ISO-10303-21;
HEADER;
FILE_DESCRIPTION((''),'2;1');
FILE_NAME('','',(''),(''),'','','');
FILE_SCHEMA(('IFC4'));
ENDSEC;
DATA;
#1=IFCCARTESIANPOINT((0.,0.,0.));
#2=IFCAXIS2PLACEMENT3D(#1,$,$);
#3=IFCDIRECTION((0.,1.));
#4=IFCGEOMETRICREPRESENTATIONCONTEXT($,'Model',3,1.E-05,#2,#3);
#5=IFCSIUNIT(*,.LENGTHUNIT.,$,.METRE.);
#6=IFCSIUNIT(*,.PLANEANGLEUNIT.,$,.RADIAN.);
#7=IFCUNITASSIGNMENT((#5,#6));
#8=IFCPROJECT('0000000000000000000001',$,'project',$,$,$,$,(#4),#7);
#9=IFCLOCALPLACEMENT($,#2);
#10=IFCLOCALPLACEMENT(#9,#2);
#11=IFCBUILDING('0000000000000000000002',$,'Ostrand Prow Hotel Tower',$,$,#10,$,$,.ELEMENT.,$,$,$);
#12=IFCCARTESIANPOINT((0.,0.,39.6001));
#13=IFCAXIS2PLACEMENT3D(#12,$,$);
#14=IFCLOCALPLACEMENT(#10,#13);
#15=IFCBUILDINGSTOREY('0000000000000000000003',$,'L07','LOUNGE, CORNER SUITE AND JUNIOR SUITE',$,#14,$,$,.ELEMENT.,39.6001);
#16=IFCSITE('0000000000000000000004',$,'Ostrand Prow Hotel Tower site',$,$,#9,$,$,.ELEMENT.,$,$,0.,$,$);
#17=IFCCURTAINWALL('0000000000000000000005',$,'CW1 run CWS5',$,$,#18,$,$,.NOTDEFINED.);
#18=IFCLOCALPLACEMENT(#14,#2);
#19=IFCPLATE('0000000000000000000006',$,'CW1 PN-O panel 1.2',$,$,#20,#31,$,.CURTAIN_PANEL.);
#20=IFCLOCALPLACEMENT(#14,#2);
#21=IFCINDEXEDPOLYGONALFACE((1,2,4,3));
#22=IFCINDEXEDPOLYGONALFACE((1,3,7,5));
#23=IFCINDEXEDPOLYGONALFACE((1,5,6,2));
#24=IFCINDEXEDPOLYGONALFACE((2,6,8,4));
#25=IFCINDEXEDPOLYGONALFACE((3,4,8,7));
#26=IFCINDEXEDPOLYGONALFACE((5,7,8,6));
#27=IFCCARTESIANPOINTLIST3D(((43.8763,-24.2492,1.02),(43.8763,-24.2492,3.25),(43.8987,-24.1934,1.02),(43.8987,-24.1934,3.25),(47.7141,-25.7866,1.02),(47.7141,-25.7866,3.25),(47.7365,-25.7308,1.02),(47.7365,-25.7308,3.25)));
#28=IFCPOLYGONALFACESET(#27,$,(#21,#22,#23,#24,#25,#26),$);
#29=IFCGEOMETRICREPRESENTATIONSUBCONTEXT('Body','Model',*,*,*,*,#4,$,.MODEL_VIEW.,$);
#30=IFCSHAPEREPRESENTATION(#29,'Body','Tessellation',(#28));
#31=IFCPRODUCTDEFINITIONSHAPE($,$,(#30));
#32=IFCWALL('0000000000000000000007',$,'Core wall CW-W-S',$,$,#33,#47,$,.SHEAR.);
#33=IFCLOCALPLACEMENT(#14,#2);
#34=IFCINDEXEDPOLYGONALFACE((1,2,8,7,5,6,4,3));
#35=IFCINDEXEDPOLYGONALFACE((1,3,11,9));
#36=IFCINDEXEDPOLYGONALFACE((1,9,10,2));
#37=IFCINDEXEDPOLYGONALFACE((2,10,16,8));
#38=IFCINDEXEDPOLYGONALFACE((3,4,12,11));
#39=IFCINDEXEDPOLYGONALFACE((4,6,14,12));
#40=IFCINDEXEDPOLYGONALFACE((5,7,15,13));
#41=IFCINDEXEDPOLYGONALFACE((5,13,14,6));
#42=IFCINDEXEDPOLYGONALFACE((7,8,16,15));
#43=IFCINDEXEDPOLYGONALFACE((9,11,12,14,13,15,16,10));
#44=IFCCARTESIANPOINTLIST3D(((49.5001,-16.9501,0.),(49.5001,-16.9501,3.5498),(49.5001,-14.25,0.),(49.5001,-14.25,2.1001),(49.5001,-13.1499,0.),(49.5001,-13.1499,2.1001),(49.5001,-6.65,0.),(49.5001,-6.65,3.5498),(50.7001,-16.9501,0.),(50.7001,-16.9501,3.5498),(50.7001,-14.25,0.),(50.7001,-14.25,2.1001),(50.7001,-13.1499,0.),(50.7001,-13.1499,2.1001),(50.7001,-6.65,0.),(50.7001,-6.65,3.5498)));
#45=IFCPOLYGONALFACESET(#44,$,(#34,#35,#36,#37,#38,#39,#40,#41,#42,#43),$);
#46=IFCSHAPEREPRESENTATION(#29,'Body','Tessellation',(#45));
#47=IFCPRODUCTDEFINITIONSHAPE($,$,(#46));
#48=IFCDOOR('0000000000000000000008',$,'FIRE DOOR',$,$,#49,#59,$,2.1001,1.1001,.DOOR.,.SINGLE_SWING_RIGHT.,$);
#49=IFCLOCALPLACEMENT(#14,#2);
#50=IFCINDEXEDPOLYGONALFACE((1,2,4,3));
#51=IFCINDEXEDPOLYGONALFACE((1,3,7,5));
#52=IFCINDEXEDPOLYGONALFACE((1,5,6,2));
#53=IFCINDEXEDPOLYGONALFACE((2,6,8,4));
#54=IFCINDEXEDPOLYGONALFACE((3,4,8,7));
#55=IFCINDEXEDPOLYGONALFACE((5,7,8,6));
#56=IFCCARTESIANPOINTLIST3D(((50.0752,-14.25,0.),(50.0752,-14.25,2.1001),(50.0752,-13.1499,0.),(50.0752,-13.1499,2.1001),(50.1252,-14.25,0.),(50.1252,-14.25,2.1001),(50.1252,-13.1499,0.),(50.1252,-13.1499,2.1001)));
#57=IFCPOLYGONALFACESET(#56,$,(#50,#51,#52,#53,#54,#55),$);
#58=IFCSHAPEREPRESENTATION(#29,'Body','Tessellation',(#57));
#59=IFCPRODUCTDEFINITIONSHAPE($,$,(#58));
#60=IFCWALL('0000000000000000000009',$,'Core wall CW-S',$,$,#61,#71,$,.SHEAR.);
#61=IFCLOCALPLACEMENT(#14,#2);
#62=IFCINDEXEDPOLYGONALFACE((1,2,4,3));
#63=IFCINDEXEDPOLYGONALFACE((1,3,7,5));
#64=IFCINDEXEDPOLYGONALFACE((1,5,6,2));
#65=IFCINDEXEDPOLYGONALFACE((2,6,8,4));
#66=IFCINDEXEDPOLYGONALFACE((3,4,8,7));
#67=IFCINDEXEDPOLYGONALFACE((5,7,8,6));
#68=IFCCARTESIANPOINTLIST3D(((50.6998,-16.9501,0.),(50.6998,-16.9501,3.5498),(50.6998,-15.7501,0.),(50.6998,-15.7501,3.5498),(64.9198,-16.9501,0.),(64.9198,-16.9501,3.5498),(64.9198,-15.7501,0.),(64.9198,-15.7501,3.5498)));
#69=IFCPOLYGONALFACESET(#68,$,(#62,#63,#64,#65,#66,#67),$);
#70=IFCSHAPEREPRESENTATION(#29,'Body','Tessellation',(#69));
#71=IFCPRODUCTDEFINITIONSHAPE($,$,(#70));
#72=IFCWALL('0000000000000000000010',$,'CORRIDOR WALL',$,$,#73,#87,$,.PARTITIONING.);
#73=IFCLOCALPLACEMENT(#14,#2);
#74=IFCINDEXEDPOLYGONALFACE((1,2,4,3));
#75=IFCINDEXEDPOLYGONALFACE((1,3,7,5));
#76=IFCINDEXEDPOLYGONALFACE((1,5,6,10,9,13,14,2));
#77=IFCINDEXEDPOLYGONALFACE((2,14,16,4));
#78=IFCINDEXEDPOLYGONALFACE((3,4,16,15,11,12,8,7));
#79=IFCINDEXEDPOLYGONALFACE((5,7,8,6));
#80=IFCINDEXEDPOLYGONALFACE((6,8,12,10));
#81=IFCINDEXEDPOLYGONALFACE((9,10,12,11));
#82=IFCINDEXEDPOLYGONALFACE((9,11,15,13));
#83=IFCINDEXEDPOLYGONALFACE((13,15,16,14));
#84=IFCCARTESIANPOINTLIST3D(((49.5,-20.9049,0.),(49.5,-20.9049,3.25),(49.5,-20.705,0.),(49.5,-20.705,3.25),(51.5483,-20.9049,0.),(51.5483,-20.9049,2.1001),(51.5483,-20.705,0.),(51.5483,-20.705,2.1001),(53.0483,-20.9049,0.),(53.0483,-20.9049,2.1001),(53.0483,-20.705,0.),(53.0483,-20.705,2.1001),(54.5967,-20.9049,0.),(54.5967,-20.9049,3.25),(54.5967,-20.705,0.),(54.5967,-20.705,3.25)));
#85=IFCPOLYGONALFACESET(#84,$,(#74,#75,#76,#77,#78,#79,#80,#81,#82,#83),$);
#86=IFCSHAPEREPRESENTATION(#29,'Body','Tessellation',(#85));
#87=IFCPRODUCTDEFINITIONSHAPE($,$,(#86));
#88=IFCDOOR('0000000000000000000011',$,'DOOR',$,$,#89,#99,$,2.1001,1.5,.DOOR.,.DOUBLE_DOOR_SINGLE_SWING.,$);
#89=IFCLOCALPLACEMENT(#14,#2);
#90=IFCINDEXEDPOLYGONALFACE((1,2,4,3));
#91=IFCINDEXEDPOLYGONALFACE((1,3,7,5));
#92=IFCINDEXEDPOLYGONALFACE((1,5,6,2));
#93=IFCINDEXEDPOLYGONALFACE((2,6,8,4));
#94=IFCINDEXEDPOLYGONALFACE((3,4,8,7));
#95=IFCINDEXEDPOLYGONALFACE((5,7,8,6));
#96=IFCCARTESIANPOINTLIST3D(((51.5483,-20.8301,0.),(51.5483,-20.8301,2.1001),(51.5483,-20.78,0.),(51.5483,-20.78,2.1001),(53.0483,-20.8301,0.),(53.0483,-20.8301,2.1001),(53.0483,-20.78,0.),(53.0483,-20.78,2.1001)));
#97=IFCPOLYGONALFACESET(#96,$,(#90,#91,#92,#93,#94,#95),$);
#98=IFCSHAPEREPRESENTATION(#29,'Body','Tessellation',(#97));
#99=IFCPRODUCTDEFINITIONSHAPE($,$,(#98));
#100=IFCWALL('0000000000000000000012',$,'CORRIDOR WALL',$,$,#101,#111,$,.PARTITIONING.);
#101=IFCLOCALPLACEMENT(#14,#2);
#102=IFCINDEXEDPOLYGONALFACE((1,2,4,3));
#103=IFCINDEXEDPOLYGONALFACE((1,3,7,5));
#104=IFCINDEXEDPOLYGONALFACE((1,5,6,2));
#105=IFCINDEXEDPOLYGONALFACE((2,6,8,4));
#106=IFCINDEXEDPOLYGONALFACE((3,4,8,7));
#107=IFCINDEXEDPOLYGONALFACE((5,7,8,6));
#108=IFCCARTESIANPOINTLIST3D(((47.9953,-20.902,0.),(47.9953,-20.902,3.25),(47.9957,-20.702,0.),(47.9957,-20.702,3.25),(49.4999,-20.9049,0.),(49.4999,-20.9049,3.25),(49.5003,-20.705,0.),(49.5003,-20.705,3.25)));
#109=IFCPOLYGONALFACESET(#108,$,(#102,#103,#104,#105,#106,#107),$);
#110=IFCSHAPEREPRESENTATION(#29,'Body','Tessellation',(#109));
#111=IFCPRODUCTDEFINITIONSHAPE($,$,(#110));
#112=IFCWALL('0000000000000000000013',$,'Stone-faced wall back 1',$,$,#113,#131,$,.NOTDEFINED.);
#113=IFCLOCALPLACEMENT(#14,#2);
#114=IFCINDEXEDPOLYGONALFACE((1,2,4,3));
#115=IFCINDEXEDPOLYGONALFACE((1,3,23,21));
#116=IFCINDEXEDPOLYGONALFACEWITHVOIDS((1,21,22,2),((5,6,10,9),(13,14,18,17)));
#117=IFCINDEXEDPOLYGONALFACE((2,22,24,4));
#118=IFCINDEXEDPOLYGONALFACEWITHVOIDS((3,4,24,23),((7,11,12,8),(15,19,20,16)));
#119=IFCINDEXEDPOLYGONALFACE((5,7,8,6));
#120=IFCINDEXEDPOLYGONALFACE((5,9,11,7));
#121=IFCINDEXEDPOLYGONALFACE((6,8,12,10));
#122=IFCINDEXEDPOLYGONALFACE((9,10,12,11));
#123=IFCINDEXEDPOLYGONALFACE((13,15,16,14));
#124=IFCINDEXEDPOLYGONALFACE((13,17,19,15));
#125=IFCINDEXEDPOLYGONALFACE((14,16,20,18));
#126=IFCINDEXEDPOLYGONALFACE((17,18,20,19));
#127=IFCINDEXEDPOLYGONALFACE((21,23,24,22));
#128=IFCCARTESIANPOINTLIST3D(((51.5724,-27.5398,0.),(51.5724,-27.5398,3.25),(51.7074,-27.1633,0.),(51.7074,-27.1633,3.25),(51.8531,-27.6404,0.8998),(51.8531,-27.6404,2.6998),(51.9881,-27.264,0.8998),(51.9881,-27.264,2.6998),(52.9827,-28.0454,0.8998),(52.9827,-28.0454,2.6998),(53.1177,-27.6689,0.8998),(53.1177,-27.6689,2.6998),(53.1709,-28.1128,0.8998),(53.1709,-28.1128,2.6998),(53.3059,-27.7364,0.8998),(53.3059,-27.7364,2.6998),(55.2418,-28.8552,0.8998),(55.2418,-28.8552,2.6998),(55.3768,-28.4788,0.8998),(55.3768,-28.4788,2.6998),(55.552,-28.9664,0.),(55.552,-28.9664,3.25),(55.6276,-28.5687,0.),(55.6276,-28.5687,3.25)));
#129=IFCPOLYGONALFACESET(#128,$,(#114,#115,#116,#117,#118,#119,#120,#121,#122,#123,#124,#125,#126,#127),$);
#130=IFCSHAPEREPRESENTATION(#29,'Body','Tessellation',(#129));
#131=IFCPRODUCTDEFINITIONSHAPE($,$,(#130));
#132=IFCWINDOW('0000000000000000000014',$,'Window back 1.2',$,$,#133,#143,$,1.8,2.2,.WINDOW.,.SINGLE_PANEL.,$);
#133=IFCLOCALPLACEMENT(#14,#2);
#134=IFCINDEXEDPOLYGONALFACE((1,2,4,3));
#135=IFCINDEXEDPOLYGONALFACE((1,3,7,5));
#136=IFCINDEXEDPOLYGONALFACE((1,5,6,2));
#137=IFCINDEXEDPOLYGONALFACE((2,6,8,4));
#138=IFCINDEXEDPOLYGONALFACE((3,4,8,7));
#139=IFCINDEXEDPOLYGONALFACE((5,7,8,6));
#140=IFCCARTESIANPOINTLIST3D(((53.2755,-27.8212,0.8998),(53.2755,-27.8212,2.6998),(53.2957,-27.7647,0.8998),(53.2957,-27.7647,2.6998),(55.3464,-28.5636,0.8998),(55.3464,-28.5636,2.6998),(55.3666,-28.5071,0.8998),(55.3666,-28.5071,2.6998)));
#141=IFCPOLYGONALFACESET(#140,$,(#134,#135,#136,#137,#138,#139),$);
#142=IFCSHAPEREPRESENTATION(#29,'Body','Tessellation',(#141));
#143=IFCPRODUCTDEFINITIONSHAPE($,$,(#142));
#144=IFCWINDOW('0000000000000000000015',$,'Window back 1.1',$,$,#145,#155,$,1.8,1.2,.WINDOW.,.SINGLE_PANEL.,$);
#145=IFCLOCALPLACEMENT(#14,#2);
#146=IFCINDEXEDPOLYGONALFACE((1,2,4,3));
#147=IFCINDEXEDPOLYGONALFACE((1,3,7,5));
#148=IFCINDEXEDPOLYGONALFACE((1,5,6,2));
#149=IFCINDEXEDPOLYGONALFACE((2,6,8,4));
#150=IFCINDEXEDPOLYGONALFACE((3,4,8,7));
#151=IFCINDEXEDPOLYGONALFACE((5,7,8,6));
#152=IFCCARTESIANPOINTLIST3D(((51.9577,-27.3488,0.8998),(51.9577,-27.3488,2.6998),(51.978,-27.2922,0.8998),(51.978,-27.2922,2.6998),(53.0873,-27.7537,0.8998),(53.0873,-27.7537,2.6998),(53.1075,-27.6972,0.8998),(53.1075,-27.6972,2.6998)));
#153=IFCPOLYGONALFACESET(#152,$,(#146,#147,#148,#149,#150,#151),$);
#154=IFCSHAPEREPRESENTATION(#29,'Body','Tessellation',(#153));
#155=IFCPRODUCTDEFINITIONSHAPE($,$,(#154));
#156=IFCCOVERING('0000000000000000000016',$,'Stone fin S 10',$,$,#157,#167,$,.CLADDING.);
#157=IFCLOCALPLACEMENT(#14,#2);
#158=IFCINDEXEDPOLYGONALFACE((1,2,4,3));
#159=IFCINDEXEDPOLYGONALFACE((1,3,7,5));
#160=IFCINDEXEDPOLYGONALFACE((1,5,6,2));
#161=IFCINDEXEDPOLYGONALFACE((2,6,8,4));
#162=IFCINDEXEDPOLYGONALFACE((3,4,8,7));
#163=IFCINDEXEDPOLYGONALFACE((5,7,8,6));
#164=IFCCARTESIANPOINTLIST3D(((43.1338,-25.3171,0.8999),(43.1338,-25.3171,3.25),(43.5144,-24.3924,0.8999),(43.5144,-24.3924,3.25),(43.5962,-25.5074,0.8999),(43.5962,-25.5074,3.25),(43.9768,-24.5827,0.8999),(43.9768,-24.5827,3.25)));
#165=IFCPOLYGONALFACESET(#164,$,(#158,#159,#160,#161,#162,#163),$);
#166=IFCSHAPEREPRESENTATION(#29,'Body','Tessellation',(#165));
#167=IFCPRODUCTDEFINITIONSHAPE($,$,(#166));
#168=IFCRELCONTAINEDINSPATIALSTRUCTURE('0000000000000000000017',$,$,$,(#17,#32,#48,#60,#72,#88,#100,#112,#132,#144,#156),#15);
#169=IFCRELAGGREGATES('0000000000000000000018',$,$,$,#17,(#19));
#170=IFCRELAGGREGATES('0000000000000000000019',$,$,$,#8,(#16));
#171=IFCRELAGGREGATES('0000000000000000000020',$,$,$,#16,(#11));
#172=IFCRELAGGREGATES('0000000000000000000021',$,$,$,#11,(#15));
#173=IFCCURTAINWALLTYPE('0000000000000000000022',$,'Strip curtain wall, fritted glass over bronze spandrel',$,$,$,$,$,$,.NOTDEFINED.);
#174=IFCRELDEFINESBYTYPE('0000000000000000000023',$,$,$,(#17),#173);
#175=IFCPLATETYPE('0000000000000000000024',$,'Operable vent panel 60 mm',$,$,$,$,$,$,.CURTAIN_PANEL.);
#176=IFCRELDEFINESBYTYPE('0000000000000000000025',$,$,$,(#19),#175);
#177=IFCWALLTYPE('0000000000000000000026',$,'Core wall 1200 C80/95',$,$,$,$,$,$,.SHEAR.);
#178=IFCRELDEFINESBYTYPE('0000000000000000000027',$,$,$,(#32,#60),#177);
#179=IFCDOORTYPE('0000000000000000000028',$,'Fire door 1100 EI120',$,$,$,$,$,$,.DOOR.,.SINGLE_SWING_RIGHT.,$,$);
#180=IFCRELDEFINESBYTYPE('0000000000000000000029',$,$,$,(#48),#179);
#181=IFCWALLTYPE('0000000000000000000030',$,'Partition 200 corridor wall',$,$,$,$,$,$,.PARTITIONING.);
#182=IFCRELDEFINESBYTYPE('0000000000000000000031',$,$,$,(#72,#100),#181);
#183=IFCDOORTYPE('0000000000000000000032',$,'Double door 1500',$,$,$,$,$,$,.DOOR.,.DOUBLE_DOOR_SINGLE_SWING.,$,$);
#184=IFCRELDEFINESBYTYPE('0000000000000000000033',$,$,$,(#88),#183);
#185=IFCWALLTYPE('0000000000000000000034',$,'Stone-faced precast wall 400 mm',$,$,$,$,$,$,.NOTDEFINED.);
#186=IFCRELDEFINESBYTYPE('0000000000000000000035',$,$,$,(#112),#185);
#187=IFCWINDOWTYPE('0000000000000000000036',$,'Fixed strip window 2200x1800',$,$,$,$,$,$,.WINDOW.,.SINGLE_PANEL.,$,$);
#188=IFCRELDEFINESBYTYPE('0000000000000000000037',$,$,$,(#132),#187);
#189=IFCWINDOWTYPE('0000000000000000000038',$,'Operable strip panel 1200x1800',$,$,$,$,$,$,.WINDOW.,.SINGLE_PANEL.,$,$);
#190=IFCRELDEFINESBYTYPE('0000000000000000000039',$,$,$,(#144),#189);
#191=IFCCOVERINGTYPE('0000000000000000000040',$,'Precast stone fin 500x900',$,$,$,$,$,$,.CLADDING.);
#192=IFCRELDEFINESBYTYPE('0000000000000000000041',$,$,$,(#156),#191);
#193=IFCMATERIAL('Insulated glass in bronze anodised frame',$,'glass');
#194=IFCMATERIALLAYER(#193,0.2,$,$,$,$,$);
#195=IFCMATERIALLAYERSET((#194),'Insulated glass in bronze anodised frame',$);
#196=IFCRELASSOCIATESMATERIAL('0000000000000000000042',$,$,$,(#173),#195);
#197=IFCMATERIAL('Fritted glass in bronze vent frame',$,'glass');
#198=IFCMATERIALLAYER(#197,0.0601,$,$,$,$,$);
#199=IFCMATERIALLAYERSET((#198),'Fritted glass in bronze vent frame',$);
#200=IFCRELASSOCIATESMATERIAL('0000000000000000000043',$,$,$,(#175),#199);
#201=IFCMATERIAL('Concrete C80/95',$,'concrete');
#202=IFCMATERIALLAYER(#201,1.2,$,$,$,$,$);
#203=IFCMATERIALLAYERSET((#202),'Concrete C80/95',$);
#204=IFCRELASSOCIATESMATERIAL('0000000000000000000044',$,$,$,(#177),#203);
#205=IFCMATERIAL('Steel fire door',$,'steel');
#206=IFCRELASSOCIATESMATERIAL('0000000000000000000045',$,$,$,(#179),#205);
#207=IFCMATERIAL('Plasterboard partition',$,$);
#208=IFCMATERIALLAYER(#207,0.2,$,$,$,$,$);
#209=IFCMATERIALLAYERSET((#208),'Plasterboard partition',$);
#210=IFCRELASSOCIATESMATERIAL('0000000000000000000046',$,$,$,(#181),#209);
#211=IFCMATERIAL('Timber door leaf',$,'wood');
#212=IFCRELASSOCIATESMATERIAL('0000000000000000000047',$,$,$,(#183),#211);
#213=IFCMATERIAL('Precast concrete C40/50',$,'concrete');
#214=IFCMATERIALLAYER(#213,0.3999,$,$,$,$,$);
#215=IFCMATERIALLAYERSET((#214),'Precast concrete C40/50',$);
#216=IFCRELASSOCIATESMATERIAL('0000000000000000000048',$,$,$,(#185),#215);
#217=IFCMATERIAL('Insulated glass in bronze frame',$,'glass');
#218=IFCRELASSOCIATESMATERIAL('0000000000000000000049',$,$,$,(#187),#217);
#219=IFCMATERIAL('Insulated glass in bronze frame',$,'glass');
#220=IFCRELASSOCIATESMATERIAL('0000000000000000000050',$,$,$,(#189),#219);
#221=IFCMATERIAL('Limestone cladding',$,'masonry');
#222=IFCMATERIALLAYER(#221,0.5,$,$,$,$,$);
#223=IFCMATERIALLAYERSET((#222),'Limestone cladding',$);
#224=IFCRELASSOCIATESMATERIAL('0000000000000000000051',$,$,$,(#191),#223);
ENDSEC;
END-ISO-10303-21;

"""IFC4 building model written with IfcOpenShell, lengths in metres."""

from ifc_helpers import new_model, si_unit, direction, frame, frame_2d, origin, origin_2d, place, context, subcontext, project, spatial, polyline, rectangle, outline, extrude, material, layer, layer_set, type_object, element, fill, aggregate, save


model = new_model("IFC4")

# Units and contexts
model_context = context("Model", 3, precision=1e-05, world=origin(), true_north=direction((0.0, 1.0)))
body_context = subcontext(model_context, "Body", "Model", "MODEL_VIEW")
ifc_project = project(units=[si_unit("LENGTHUNIT", "METRE"), si_unit("PLANEANGLEUNIT", "RADIAN")], contexts=[model_context])

# Site, building, storey
site_placement = place(None, origin())
site = spatial("IfcSite", under=ifc_project, at=site_placement, Name="Ostrand Prow Hotel Tower site", CompositionType="ELEMENT", RefElevation=0.0)
building_placement = place(site_placement, origin())
building = spatial("IfcBuilding", under=site, at=building_placement, Name="Ostrand Prow Hotel Tower", CompositionType="ELEMENT")
storey_placement = place(building_placement, frame((0.0, 0.0, 39.6001)))
storey = spatial("IfcBuildingStorey", under=building, at=storey_placement, Name="L07", Description="LOUNGE, CORNER SUITE AND JUNIOR SUITE", CompositionType="ELEMENT", Elevation=39.6001)

# Curtain wall
ifc_material_1 = material(Name="Insulated glass in bronze anodised frame", Category="glass")
ifc_layer_1 = layer(ifc_material_1, 0.2)
ifc_layer_set_1 = layer_set([ifc_layer_1], Name="Insulated glass in bronze anodised frame")
curtain_wall_type = type_object("IfcCurtainWallType", Name="Strip curtain wall, fritted glass over bronze spandrel", PredefinedType="NOTDEFINED", material=ifc_layer_set_1)
curtain_wall_1_placement = place(storey_placement, origin())
curtain_wall_1 = element("IfcCurtainWall", 1, at=curtain_wall_1_placement, inside=storey, type_object=curtain_wall_type, Name="CW1 run CWS5", PredefinedType="NOTDEFINED")

# Plate
ifc_material_2 = material(Name="Fritted glass in bronze vent frame", Category="glass")
ifc_layer_2 = layer(ifc_material_2, 0.0601)
ifc_layer_set_2 = layer_set([ifc_layer_2], Name="Fritted glass in bronze vent frame")
plate_type_1 = type_object("IfcPlateType", Name="Operable vent panel 60 mm", PredefinedType="CURTAIN_PANEL", material=ifc_layer_set_2)
plate_1_placement = place(storey_placement, frame((45.8064, -24.99, 1.02), z_axis=(0.0, 0.0, 1.0), x_axis=(0.928283, -0.371873, 0.0)))
plate_1 = element("IfcPlate", 2, at=plate_1_placement, type_object=plate_type_1, Name="CW1 PN-O panel 1.2", PredefinedType="CURTAIN_PANEL", context=body_context, shape_type="SweptSolid", body=[
    extrude(rectangle(XDim=4.1343, YDim=0.0601, at=origin_2d()), origin(), (0.0, 0.0, 1.0), 2.23),
])
aggregate(curtain_wall_1, [plate_1])

# Wall, opening, door
ifc_material_3 = material(Name="Concrete C80/95", Category="concrete")
ifc_layer_3 = layer(ifc_material_3, 1.2)
ifc_layer_set_3 = layer_set([ifc_layer_3], Name="Concrete C80/95")
wall_type_1 = type_object("IfcWallType", Name="Core wall 1200 C80/95", PredefinedType="SHEAR", material=ifc_layer_set_3)
wall_1_placement = place(storey_placement, frame((50.1001, -16.95, 0.0), z_axis=(0.0, 0.0, 1.0), x_axis=(0.0, 1.0, 0.0)))
wall_1 = element("IfcWall", 3, at=wall_1_placement, inside=storey, type_object=wall_type_1, Name="Core wall CW-W-S", PredefinedType="SHEAR", context=body_context, shape_type="SweptSolid", body=[
    extrude(rectangle(XDim=10.3, YDim=1.2, at=frame_2d((5.1499, 0.0))), origin(), (0.0, 0.0, 1.0), 3.5498),
])
opening_1_placement = place(wall_1_placement, frame((2.7, 0.0, 0.0)))
opening_1 = element("IfcOpeningElement", 4, at=opening_1_placement, cuts=wall_1, PredefinedType="OPENING", context=body_context, shape_type="SweptSolid", body=[
    extrude(rectangle(XDim=1.1001, YDim=2.1001, at=frame_2d((0.55, 1.05))), frame((0.0, 0.6099, 0.0), z_axis=(0.0, -1.0, 0.0), x_axis=(1.0, 0.0, 0.0)), (0.0, 0.0, 1.0), 1.22),
])
ifc_material_4 = material(Name="Steel fire door", Category="steel")
door_type_1 = type_object("IfcDoorType", Name="Fire door 1100 EI120", OperationType="SINGLE_SWING_RIGHT", PredefinedType="DOOR", material=ifc_material_4)
door_1_placement = place(opening_1_placement, origin())
door_1 = element("IfcDoor", 5, at=door_1_placement, inside=storey, type_object=door_type_1, Name="FIRE DOOR", OperationType="SINGLE_SWING_RIGHT", OverallHeight=2.1001, OverallWidth=1.1001, PredefinedType="DOOR", context=body_context, shape_type="SweptSolid", body=[
    extrude(rectangle(XDim=1.1001, YDim=2.1001, at=frame_2d((0.55, 1.05))), frame((0.0, 0.0249, 0.0), z_axis=(0.0, -1.0, 0.0), x_axis=(1.0, 0.0, 0.0)), (0.0, 0.0, 1.0), 0.05),
])
fill(opening_1, door_1)

# Wall
wall_2_placement = place(storey_placement, frame((50.7, -16.3501, 0.0), z_axis=(0.0, 0.0, 1.0), x_axis=(1.0, 0.0, 0.0)))
element("IfcWall", 6, at=wall_2_placement, inside=storey, type_object=wall_type_1, Name="Core wall CW-S", PredefinedType="SHEAR", context=body_context, shape_type="SweptSolid", body=[
    extrude(rectangle(XDim=14.22, YDim=1.2, at=frame_2d((7.1099, 0.0))), origin(), (0.0, 0.0, 1.0), 3.5498),
])

# Wall, opening, door
ifc_material_5 = material(Name="Plasterboard partition")
ifc_layer_4 = layer(ifc_material_5, 0.2)
ifc_layer_set_4 = layer_set([ifc_layer_4], Name="Plasterboard partition")
wall_type_2 = type_object("IfcWallType", Name="Partition 200 corridor wall", PredefinedType="PARTITIONING", material=ifc_layer_set_4)
wall_3_placement = place(storey_placement, frame((49.5, -20.8049, 0.0), z_axis=(0.0, 0.0, 1.0), x_axis=(1.0, 0.0, 0.0)))
wall_3 = element("IfcWall", 7, at=wall_3_placement, inside=storey, type_object=wall_type_2, Name="CORRIDOR WALL", PredefinedType="PARTITIONING", context=body_context, shape_type="SweptSolid", body=[
    extrude(rectangle(XDim=5.0967, YDim=0.2, at=frame_2d((2.5483, 0.0))), origin(), (0.0, 0.0, 1.0), 3.25),
])
opening_2_placement = place(wall_3_placement, frame((2.0483, 0.0, 0.0)))
opening_2 = element("IfcOpeningElement", 8, at=opening_2_placement, cuts=wall_3, PredefinedType="OPENING", context=body_context, shape_type="SweptSolid", body=[
    extrude(rectangle(XDim=1.5, YDim=2.1001, at=frame_2d((0.75, 1.05))), frame((0.0, 0.1099, 0.0), z_axis=(0.0, -1.0, 0.0), x_axis=(1.0, 0.0, 0.0)), (0.0, 0.0, 1.0), 0.22),
])
ifc_material_6 = material(Name="Timber door leaf", Category="wood")
door_type_2 = type_object("IfcDoorType", Name="Double door 1500", OperationType="DOUBLE_DOOR_SINGLE_SWING", PredefinedType="DOOR", material=ifc_material_6)
door_2_placement = place(opening_2_placement, origin())
door_2 = element("IfcDoor", 9, at=door_2_placement, inside=storey, type_object=door_type_2, Name="DOOR", OperationType="DOUBLE_DOOR_SINGLE_SWING", OverallHeight=2.1001, OverallWidth=1.5, PredefinedType="DOOR", context=body_context, shape_type="SweptSolid", body=[
    extrude(rectangle(XDim=1.5, YDim=2.1001, at=frame_2d((0.75, 1.05))), frame((0.0, 0.0249, 0.0), z_axis=(0.0, -1.0, 0.0), x_axis=(1.0, 0.0, 0.0)), (0.0, 0.0, 1.0), 0.05),
])
fill(opening_2, door_2)

# Wall
wall_4_placement = place(storey_placement, frame((47.9954, -20.802, 0.0), z_axis=(0.0, 0.0, 1.0), x_axis=(0.999998, -0.001947, 0.0)))
element("IfcWall", 10, at=wall_4_placement, inside=storey, type_object=wall_type_2, Name="CORRIDOR WALL", PredefinedType="PARTITIONING", context=body_context, shape_type="SweptSolid", body=[
    extrude(rectangle(XDim=1.5046, YDim=0.2, at=frame_2d((0.7524, 0.0))), origin(), (0.0, 0.0, 1.0), 3.25),
])

# Wall, openings, windows
ifc_material_7 = material(Name="Precast concrete C40/50", Category="concrete")
ifc_layer_5 = layer(ifc_material_7, 0.3999)
ifc_layer_set_5 = layer_set([ifc_layer_5], Name="Precast concrete C40/50")
wall_type_3 = type_object("IfcWallType", Name="Stone-faced precast wall 400 mm", PredefinedType="NOTDEFINED", material=ifc_layer_set_5)
wall_5_placement = place(storey_placement, frame((51.6399, -27.3516, 0.0), z_axis=(0.0, 0.0, 1.0), x_axis=(0.94134, -0.33746, 0.0)))
wall_5 = element("IfcWall", 11, at=wall_5_placement, inside=storey, type_object=wall_type_3, Name="Stone-faced wall back 1", PredefinedType="NOTDEFINED", context=body_context, shape_type="SweptSolid", body=[
    extrude(outline(polyline([(0.0, -0.2), (4.2275, -0.2), (4.1646, 0.2), (0.0, 0.2), (0.0, -0.2)])), origin(), (0.0, 0.0, 1.0), 3.25),
])
opening_3_placement = place(wall_5_placement, frame((0.2981, 0.0, 0.8999)))
opening_3 = element("IfcOpeningElement", 12, at=opening_3_placement, cuts=wall_5, PredefinedType="OPENING", context=body_context, shape_type="SweptSolid", body=[
    extrude(rectangle(XDim=1.2, YDim=1.8, at=frame_2d((0.6001, 0.8999))), frame((0.0, 0.21, 0.0), z_axis=(0.0, -1.0, 0.0), x_axis=(1.0, 0.0, 0.0)), (0.0, 0.0, 1.0), 0.4199),
])
opening_4_placement = place(wall_5_placement, frame((1.698, 0.0, 0.8999)))
opening_4 = element("IfcOpeningElement", 13, at=opening_4_placement, cuts=wall_5, PredefinedType="OPENING", context=body_context, shape_type="SweptSolid", body=[
    extrude(rectangle(XDim=2.2, YDim=1.8, at=frame_2d((1.1001, 0.8999))), frame((0.0, 0.21, 0.0), z_axis=(0.0, -1.0, 0.0), x_axis=(1.0, 0.0, 0.0)), (0.0, 0.0, 1.0), 0.4199),
])
ifc_material_8 = material(Name="Insulated glass in bronze frame", Category="glass")
window_type_1 = type_object("IfcWindowType", Name="Fixed strip window 2200x1800", PartitioningType="SINGLE_PANEL", PredefinedType="WINDOW", material=ifc_material_8)
window_1_placement = place(opening_4_placement, origin())
window_1 = element("IfcWindow", 14, at=window_1_placement, inside=storey, type_object=window_type_1, Name="Window back 1.2", OverallHeight=1.8, OverallWidth=2.2, PartitioningType="SINGLE_PANEL", PredefinedType="WINDOW", context=body_context, shape_type="SweptSolid", body=[
    extrude(rectangle(XDim=2.2, YDim=1.8, at=frame_2d((1.1001, 0.8999))), frame((0.0, 0.1699, 0.0), z_axis=(0.0, -1.0, 0.0), x_axis=(1.0, 0.0, 0.0)), (0.0, 0.0, 1.0), 0.0601),
])
fill(opening_4, window_1)
ifc_material_9 = material(Name="Insulated glass in bronze frame", Category="glass")
window_type_2 = type_object("IfcWindowType", Name="Operable strip panel 1200x1800", PartitioningType="SINGLE_PANEL", PredefinedType="WINDOW", material=ifc_material_9)
window_2_placement = place(opening_3_placement, origin())
window_2 = element("IfcWindow", 15, at=window_2_placement, inside=storey, type_object=window_type_2, Name="Window back 1.1", OverallHeight=1.8, OverallWidth=1.2, PartitioningType="SINGLE_PANEL", PredefinedType="WINDOW", context=body_context, shape_type="SweptSolid", body=[
    extrude(rectangle(XDim=1.2, YDim=1.8, at=frame_2d((0.6001, 0.8999))), frame((0.0, 0.1699, 0.0), z_axis=(0.0, -1.0, 0.0), x_axis=(1.0, 0.0, 0.0)), (0.0, 0.0, 1.0), 0.0601),
])
fill(opening_3, window_2)

# Covering
ifc_material_10 = material(Name="Limestone cladding", Category="masonry")
ifc_layer_6 = layer(ifc_material_10, 0.5)
ifc_layer_set_6 = layer_set([ifc_layer_6], Name="Limestone cladding")
covering_type = type_object("IfcCoveringType", Name="Precast stone fin 500x900", PredefinedType="CLADDING", material=ifc_layer_set_6)
covering_placement = place(storey_placement, frame((43.7456, -24.4875, 0.8999), z_axis=(0.0, 0.0, 1.0), x_axis=(-0.38059, -0.924744, 0.0)))
element("IfcCovering", 16, at=covering_placement, inside=storey, type_object=covering_type, Name="Stone fin S 10", PredefinedType="CLADDING", context=body_context, shape_type="SweptSolid", body=[
    extrude(rectangle(XDim=1.0, YDim=0.5, at=frame_2d((0.5, 0.0))), origin(), (0.0, 0.0, 1.0), 2.3501),
])

save(model, "model.ifc")
